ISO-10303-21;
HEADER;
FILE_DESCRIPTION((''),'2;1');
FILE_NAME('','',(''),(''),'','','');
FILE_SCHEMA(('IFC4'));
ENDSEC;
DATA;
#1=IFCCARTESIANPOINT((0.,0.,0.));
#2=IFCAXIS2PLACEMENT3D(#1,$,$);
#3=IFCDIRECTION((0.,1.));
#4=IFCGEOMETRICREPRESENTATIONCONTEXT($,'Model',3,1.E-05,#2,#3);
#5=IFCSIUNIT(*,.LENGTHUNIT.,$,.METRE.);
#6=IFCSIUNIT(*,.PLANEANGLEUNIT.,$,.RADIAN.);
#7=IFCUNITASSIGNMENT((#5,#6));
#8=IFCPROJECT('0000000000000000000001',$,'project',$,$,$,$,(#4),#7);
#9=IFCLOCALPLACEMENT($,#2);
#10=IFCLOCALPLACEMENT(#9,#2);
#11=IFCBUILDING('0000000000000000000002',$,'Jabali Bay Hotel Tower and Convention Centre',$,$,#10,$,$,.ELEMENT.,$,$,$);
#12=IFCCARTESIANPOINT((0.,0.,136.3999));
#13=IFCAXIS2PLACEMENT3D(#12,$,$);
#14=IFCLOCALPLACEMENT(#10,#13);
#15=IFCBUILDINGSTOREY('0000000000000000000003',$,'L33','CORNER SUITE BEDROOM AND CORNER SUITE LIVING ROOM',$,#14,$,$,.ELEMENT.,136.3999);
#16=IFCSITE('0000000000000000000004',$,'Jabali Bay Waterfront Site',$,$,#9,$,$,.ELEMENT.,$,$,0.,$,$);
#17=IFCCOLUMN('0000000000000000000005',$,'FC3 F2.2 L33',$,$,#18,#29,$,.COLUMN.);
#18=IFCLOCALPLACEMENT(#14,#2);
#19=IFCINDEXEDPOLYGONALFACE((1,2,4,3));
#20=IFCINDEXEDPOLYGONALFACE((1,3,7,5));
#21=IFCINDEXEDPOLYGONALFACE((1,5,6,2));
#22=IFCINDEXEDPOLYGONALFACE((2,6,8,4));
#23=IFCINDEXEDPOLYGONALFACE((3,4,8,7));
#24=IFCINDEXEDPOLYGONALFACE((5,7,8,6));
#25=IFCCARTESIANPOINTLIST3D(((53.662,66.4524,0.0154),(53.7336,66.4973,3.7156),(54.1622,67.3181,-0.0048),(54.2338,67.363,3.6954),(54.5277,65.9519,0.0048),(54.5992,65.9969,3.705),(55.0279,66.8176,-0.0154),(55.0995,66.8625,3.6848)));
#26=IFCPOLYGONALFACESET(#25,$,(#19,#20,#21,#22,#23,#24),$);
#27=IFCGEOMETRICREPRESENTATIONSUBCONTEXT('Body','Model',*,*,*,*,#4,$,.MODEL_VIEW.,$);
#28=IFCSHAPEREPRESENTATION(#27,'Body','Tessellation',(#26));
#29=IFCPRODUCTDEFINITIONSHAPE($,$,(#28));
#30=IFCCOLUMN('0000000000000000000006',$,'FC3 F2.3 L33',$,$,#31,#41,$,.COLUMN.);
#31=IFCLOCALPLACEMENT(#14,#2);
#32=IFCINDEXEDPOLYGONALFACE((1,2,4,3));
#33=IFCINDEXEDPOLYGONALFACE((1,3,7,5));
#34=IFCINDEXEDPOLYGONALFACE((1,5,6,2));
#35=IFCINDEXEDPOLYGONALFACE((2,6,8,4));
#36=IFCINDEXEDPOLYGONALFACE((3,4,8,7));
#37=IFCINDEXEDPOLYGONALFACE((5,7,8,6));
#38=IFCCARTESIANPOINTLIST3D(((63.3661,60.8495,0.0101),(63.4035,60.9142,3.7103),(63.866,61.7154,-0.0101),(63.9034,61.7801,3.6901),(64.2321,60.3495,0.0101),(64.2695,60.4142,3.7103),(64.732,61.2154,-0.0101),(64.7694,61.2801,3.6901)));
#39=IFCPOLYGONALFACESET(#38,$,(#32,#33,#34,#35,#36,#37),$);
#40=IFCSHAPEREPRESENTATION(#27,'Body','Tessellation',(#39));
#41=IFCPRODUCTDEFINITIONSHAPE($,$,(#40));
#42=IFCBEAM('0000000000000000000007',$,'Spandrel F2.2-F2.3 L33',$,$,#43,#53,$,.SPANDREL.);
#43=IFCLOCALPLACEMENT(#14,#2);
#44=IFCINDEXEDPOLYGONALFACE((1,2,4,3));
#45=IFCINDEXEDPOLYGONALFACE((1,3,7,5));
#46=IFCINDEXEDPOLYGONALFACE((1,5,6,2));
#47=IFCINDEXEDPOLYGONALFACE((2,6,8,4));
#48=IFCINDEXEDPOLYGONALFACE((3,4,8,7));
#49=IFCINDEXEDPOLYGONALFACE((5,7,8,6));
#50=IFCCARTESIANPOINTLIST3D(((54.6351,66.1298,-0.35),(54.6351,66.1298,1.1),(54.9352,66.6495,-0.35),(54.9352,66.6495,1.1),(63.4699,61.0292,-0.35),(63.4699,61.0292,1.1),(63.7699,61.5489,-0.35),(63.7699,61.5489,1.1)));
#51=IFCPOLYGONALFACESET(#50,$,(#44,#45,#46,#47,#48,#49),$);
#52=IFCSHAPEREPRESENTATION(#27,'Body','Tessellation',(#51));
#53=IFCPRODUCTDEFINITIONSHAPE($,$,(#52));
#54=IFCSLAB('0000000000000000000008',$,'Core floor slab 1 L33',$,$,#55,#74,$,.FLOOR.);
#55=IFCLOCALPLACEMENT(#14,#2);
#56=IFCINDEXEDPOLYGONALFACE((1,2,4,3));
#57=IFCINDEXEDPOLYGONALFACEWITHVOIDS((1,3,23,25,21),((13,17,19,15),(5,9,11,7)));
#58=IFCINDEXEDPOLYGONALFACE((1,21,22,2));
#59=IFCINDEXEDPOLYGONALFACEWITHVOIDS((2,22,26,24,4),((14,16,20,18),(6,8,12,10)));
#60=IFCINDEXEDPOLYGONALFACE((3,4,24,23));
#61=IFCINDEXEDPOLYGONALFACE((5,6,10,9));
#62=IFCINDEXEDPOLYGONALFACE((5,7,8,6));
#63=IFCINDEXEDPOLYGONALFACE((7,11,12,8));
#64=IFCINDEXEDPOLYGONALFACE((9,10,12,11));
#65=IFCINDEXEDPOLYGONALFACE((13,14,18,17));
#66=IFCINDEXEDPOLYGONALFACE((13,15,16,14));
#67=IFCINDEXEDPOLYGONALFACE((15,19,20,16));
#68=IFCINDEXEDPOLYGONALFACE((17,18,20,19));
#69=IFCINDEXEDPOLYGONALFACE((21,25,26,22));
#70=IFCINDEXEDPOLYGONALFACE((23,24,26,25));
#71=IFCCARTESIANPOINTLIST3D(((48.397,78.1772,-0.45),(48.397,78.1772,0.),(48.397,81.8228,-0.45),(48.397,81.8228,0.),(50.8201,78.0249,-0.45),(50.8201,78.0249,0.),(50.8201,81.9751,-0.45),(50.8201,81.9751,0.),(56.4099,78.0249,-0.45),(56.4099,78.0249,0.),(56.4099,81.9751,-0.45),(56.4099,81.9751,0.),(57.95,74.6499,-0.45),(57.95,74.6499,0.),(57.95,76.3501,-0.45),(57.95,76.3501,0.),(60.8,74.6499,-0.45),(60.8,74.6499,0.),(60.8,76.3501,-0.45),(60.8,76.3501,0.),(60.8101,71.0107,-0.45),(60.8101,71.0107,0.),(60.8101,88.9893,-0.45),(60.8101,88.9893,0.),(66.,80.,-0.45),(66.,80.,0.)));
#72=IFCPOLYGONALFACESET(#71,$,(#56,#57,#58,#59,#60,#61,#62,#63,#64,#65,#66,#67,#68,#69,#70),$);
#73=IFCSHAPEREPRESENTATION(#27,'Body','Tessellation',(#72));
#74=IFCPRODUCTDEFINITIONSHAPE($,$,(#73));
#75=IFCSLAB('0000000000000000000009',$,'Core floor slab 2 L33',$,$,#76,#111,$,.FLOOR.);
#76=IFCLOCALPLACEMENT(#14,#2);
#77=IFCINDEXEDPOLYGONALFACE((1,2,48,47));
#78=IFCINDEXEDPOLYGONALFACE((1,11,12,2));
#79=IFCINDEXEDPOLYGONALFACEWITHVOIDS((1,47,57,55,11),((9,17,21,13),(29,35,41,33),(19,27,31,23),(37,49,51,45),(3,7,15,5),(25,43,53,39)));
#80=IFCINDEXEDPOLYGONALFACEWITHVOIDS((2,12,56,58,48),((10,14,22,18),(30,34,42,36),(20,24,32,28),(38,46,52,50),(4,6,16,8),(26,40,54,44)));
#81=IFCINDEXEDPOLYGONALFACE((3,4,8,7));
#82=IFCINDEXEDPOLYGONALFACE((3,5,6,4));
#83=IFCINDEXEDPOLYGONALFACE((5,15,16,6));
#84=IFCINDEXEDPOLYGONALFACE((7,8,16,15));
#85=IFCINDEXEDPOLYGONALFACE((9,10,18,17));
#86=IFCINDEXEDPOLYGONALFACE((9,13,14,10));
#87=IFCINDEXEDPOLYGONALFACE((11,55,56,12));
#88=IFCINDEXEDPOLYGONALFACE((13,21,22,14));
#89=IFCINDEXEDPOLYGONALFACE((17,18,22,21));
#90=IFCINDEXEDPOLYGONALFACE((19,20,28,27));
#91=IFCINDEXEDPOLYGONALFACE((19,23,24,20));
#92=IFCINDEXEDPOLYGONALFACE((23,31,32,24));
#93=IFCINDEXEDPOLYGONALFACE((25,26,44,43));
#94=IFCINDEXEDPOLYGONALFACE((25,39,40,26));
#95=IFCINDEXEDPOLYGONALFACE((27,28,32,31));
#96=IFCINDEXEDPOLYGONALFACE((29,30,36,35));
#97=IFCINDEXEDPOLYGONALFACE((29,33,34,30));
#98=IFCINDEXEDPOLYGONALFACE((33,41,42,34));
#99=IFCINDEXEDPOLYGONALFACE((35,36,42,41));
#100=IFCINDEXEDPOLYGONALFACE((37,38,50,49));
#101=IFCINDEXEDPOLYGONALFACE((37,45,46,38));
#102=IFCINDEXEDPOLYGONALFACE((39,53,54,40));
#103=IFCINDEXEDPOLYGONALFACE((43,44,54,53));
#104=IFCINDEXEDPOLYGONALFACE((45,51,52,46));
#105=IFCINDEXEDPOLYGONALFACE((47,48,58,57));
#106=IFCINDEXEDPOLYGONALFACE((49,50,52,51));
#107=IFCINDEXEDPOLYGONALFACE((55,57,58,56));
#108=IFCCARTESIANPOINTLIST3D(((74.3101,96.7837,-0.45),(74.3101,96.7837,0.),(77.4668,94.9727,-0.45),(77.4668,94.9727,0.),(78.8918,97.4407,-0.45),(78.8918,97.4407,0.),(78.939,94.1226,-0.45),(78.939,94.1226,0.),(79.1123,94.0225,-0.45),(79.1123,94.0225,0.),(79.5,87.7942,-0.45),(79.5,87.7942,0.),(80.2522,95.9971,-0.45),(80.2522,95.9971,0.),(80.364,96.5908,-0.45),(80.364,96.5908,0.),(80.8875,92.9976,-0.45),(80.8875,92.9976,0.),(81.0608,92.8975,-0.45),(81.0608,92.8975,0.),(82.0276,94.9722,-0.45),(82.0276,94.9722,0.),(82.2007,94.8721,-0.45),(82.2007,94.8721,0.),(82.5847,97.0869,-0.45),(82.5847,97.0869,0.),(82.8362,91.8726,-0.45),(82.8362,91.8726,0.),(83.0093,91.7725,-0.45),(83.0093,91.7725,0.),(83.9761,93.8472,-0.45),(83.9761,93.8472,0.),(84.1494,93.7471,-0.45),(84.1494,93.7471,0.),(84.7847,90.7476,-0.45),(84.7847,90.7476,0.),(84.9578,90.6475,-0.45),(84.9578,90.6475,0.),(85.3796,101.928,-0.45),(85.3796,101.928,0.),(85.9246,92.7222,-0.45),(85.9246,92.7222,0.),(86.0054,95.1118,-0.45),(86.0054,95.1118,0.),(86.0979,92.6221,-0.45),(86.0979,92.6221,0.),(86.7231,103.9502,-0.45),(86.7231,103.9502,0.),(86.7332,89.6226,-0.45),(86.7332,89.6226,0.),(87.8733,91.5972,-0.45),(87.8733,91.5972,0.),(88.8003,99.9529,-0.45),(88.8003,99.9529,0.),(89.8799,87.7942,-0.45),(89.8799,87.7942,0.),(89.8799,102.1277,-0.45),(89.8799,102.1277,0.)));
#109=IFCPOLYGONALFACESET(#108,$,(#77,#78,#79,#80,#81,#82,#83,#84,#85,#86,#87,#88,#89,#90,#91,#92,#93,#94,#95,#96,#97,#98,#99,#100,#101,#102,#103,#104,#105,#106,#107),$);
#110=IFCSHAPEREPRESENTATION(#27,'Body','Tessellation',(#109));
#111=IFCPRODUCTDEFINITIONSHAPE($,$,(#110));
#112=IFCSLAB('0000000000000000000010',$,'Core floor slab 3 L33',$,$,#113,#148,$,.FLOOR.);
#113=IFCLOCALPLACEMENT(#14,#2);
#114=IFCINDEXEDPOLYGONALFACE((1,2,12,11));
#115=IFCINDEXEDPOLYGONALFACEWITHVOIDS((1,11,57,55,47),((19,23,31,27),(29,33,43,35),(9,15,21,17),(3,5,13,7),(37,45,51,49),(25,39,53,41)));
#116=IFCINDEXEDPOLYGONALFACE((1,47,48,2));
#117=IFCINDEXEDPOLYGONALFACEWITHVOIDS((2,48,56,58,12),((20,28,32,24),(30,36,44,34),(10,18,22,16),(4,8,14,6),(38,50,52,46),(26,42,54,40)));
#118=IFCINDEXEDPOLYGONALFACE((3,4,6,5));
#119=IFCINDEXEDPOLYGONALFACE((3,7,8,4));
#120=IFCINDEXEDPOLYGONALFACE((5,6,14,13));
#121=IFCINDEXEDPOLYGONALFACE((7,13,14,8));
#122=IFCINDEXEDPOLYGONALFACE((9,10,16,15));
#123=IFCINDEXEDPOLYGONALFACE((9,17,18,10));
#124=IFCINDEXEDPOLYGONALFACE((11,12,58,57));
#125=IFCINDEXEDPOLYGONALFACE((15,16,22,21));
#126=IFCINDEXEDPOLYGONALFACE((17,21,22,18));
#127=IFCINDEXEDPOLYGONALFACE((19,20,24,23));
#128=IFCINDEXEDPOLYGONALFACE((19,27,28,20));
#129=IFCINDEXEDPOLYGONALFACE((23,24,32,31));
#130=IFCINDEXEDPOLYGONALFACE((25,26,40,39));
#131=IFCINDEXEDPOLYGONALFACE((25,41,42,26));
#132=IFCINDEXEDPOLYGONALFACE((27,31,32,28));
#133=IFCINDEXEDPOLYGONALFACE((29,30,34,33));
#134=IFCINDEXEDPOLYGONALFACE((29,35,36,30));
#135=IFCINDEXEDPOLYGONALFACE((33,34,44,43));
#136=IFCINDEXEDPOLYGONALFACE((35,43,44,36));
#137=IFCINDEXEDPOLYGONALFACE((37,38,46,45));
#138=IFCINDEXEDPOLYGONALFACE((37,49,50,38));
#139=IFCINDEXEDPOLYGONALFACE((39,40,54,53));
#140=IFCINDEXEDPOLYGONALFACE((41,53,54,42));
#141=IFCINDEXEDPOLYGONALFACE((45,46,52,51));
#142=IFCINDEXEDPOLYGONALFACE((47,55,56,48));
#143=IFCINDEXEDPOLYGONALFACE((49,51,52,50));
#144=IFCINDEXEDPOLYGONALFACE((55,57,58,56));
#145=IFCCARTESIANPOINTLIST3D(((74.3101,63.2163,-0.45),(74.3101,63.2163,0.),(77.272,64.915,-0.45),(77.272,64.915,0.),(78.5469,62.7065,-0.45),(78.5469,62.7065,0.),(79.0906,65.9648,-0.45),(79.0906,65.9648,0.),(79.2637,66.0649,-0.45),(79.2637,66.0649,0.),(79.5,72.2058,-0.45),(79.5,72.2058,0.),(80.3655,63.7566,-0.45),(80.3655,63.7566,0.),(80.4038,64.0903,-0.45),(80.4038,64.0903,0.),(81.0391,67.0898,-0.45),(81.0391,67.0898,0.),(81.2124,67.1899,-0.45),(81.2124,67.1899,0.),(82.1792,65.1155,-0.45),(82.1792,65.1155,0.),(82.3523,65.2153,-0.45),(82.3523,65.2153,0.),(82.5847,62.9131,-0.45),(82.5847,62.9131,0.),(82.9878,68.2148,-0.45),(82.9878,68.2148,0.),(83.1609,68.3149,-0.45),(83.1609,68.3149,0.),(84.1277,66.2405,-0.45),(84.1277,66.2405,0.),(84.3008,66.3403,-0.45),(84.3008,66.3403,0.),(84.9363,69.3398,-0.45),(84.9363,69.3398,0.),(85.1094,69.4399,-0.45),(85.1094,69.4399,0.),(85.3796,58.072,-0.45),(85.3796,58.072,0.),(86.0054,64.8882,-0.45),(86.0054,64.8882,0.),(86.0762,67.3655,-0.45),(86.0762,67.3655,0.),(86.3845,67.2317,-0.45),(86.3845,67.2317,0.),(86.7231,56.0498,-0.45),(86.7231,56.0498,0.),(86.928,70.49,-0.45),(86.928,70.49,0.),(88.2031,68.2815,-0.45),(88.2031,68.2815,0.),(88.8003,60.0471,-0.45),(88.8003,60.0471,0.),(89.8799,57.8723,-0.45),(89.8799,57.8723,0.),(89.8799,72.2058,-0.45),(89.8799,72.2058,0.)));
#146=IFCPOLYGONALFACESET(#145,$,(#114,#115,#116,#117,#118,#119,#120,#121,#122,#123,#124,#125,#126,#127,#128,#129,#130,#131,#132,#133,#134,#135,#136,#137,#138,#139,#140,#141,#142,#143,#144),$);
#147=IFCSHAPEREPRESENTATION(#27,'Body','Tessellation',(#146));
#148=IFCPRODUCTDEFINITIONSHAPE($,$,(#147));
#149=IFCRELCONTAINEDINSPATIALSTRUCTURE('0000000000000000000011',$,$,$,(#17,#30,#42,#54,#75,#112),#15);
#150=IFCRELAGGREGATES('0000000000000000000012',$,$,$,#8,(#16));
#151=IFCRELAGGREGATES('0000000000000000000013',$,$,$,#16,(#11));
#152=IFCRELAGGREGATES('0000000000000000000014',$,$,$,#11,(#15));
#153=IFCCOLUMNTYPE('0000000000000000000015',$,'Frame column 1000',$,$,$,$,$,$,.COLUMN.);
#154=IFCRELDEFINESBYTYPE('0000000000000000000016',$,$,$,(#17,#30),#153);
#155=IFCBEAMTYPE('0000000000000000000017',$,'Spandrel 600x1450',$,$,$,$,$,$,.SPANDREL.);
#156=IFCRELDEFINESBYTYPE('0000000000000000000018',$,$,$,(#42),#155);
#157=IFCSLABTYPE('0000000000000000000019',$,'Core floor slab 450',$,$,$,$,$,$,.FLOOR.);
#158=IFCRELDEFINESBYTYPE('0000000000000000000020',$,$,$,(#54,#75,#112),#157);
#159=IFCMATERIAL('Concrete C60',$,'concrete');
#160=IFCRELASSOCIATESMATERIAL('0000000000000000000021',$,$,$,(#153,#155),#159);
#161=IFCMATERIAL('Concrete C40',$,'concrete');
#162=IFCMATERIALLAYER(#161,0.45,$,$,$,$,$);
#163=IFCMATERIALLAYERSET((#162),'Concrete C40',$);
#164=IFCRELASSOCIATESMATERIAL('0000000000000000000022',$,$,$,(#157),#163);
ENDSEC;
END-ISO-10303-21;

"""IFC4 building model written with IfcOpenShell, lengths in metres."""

from ifc_helpers import new_model, si_unit, direction, frame, origin, origin_2d, place, context, subcontext, project, spatial, polyline, rectangle, outline, extrude, material, layer, layer_set, material_profile, profile_set, type_object, element, save


model = new_model("IFC4")

# Units and contexts
model_context = context("Model", 3, precision=1e-05, world=origin(), true_north=direction((0.0, 1.0)))
body_context = subcontext(model_context, "Body", "Model", "MODEL_VIEW")
ifc_project = project(units=[si_unit("LENGTHUNIT", "METRE"), si_unit("PLANEANGLEUNIT", "RADIAN")], contexts=[model_context])

# Site, building, storey
site_placement = place(None, origin())
site = spatial("IfcSite", under=ifc_project, at=site_placement, Name="Jabali Bay Waterfront Site", CompositionType="ELEMENT", RefElevation=0.0)
building_placement = place(site_placement, origin())
building = spatial("IfcBuilding", under=site, at=building_placement, Name="Jabali Bay Hotel Tower and Convention Centre", CompositionType="ELEMENT")
storey_placement = place(building_placement, frame((0.0, 0.0, 136.3999)))
storey = spatial("IfcBuildingStorey", under=building, at=storey_placement, Name="L33", Description="CORNER SUITE BEDROOM AND CORNER SUITE LIVING ROOM", CompositionType="ELEMENT", Elevation=136.3999)

# Columns
ifc_material_1 = material(Name="Concrete C60", Category="concrete")
ifc_material_profile_1 = material_profile(ifc_material_1, rectangle(XDim=1.0, YDim=1.0, at=origin_2d()), Name="Frame column 1000")
ifc_profile_set_1 = profile_set([ifc_material_profile_1], Name="Concrete C60")
column_type = type_object("IfcColumnType", Name="Frame column 1000", PredefinedType="COLUMN", material=ifc_profile_set_1)
column_1_placement = place(storey_placement, frame((54.345, 66.635, 0.0), z_axis=(0.019327, 0.012137, 0.99974), x_axis=(-0.865692, 0.500463, 0.01066)))
element("IfcColumn", 1, at=column_1_placement, inside=storey, type_object=column_type, Name="FC3 F2.2 L33", PredefinedType="COLUMN", context=body_context, shape_type="SweptSolid", body=[
    extrude(rectangle(XDim=1.0, YDim=1.0, at=origin_2d()), origin(), (0.0, 0.0, 1.0), 3.7012),
])
column_2_placement = place(storey_placement, frame((64.0491, 61.0325, 0.0), z_axis=(0.010093, 0.017481, 0.999796), x_axis=(-0.866028, 0.499995, 0.0)))
element("IfcColumn", 2, at=column_2_placement, inside=storey, type_object=column_type, Name="FC3 F2.3 L33", PredefinedType="COLUMN", context=body_context, shape_type="SweptSolid", body=[
    extrude(rectangle(XDim=1.0, YDim=1.0, at=origin_2d()), origin(), (0.0, 0.0, 1.0), 3.7009),
])

# Beam
ifc_material_profile_2 = material_profile(ifc_material_1, rectangle(XDim=0.6001, YDim=1.45, at=origin_2d()), Name="Spandrel 600x1450")
ifc_profile_set_2 = profile_set([ifc_material_profile_2], Name="Concrete C60")
beam_type = type_object("IfcBeamType", Name="Spandrel 600x1450", PredefinedType="SPANDREL", material=ifc_profile_set_2)
beam_placement = place(storey_placement, frame((54.7852, 66.3896, 0.375), z_axis=(0.866031, -0.49999, 0.0), x_axis=(0.49999, 0.866031, 0.0)))
element("IfcBeam", 3, at=beam_placement, inside=storey, type_object=beam_type, Name="Spandrel F2.2-F2.3 L33", PredefinedType="SPANDREL", context=body_context, shape_type="SweptSolid", body=[
    extrude(rectangle(XDim=0.6001, YDim=1.45, at=origin_2d()), origin(), (0.0, 0.0, 1.0), 10.2014),
])

# Slabs
ifc_material_2 = material(Name="Concrete C40", Category="concrete")
ifc_layer_1 = layer(ifc_material_2, 0.45)
ifc_layer_set_1 = layer_set([ifc_layer_1], Name="Concrete C40")
slab_type_1 = type_object("IfcSlabType", Name="Core floor slab 450", PredefinedType="FLOOR", material=ifc_layer_set_1)
slab_1_placement = place(storey_placement, frame((0.0, 0.0, -0.45)))
element("IfcSlab", 4, at=slab_1_placement, inside=storey, type_object=slab_type_1, Name="Core floor slab 1 L33", PredefinedType="FLOOR", context=body_context, shape_type="SweptSolid", body=[
    extrude(outline(polyline([(66.0, 80.0), (60.8101, 88.9893), (48.397, 81.8228), (48.397, 78.1772), (60.8101, 71.0107), (66.0, 80.0)]), holes=[polyline([(60.8, 76.3501), (57.95, 76.3501), (57.95, 74.6499), (60.8, 74.6499), (60.8, 76.3501)]), polyline([(50.8201, 81.9751), (50.8201, 78.0249), (56.4099, 78.0249), (56.4099, 81.9751), (50.8201, 81.9751)])]), origin(), (0.0, 0.0, 1.0), 0.45),
])
slab_2_placement = place(storey_placement, frame((0.0, 0.0, -0.45)))
element("IfcSlab", 5, at=slab_2_placement, inside=storey, type_object=slab_type_1, Name="Core floor slab 2 L33", PredefinedType="FLOOR", context=body_context, shape_type="SweptSolid", body=[
    extrude(outline(polyline([(79.5, 87.7942), (89.8799, 87.7942), (89.8799, 102.1277), (86.7231, 103.9502), (74.3101, 96.7837), (79.5, 87.7942)]), holes=[polyline([(84.9578, 90.6475), (86.7332, 89.6226), (87.8733, 91.5972), (86.0979, 92.6221), (84.9578, 90.6475)]), polyline([(84.1494, 93.7471), (83.0093, 91.7725), (84.7847, 90.7476), (85.9246, 92.7222), (84.1494, 93.7471)]), polyline([(82.2007, 94.8721), (81.0608, 92.8975), (82.8362, 91.8726), (83.9761, 93.8472), (82.2007, 94.8721)]), polyline([(79.1123, 94.0225), (80.8875, 92.9976), (82.0276, 94.9722), (80.2522, 95.9971), (79.1123, 94.0225)]), polyline([(78.8918, 97.4407), (77.4668, 94.9727), (78.939, 94.1226), (80.364, 96.5908), (78.8918, 97.4407)]), polyline([(82.5847, 97.0869), (86.0054, 95.1118), (88.8003, 99.9529), (85.3796, 101.928), (82.5847, 97.0869)])]), origin(), (0.0, 0.0, 1.0), 0.45),
])
slab_3_placement = place(storey_placement, frame((0.0, 0.0, -0.45)))
element("IfcSlab", 6, at=slab_3_placement, inside=storey, type_object=slab_type_1, Name="Core floor slab 3 L33", PredefinedType="FLOOR", context=body_context, shape_type="SweptSolid", body=[
    extrude(outline(polyline([(79.5, 72.2058), (74.3101, 63.2163), (86.7231, 56.0498), (89.8799, 57.8723), (89.8799, 72.2058), (79.5, 72.2058)]), holes=[polyline([(82.5847, 62.9131), (85.3796, 58.072), (88.8003, 60.0471), (86.0054, 64.8882), (82.5847, 62.9131)]), polyline([(80.3655, 63.7566), (79.0906, 65.9648), (77.272, 64.915), (78.5469, 62.7065), (80.3655, 63.7566)]), polyline([(82.1792, 65.1155), (81.0391, 67.0898), (79.2637, 66.0649), (80.4038, 64.0903), (82.1792, 65.1155)]), polyline([(82.9878, 68.2148), (81.2124, 67.1899), (82.3523, 65.2153), (84.1277, 66.2405), (82.9878, 68.2148)]), polyline([(86.0762, 67.3655), (84.9363, 69.3398), (83.1609, 68.3149), (84.3008, 66.3403), (86.0762, 67.3655)]), polyline([(88.2031, 68.2815), (86.928, 70.49), (85.1094, 69.4399), (86.3845, 67.2317), (88.2031, 68.2815)])]), origin(), (0.0, 0.0, 1.0), 0.45),
])

save(model, "model.ifc")
